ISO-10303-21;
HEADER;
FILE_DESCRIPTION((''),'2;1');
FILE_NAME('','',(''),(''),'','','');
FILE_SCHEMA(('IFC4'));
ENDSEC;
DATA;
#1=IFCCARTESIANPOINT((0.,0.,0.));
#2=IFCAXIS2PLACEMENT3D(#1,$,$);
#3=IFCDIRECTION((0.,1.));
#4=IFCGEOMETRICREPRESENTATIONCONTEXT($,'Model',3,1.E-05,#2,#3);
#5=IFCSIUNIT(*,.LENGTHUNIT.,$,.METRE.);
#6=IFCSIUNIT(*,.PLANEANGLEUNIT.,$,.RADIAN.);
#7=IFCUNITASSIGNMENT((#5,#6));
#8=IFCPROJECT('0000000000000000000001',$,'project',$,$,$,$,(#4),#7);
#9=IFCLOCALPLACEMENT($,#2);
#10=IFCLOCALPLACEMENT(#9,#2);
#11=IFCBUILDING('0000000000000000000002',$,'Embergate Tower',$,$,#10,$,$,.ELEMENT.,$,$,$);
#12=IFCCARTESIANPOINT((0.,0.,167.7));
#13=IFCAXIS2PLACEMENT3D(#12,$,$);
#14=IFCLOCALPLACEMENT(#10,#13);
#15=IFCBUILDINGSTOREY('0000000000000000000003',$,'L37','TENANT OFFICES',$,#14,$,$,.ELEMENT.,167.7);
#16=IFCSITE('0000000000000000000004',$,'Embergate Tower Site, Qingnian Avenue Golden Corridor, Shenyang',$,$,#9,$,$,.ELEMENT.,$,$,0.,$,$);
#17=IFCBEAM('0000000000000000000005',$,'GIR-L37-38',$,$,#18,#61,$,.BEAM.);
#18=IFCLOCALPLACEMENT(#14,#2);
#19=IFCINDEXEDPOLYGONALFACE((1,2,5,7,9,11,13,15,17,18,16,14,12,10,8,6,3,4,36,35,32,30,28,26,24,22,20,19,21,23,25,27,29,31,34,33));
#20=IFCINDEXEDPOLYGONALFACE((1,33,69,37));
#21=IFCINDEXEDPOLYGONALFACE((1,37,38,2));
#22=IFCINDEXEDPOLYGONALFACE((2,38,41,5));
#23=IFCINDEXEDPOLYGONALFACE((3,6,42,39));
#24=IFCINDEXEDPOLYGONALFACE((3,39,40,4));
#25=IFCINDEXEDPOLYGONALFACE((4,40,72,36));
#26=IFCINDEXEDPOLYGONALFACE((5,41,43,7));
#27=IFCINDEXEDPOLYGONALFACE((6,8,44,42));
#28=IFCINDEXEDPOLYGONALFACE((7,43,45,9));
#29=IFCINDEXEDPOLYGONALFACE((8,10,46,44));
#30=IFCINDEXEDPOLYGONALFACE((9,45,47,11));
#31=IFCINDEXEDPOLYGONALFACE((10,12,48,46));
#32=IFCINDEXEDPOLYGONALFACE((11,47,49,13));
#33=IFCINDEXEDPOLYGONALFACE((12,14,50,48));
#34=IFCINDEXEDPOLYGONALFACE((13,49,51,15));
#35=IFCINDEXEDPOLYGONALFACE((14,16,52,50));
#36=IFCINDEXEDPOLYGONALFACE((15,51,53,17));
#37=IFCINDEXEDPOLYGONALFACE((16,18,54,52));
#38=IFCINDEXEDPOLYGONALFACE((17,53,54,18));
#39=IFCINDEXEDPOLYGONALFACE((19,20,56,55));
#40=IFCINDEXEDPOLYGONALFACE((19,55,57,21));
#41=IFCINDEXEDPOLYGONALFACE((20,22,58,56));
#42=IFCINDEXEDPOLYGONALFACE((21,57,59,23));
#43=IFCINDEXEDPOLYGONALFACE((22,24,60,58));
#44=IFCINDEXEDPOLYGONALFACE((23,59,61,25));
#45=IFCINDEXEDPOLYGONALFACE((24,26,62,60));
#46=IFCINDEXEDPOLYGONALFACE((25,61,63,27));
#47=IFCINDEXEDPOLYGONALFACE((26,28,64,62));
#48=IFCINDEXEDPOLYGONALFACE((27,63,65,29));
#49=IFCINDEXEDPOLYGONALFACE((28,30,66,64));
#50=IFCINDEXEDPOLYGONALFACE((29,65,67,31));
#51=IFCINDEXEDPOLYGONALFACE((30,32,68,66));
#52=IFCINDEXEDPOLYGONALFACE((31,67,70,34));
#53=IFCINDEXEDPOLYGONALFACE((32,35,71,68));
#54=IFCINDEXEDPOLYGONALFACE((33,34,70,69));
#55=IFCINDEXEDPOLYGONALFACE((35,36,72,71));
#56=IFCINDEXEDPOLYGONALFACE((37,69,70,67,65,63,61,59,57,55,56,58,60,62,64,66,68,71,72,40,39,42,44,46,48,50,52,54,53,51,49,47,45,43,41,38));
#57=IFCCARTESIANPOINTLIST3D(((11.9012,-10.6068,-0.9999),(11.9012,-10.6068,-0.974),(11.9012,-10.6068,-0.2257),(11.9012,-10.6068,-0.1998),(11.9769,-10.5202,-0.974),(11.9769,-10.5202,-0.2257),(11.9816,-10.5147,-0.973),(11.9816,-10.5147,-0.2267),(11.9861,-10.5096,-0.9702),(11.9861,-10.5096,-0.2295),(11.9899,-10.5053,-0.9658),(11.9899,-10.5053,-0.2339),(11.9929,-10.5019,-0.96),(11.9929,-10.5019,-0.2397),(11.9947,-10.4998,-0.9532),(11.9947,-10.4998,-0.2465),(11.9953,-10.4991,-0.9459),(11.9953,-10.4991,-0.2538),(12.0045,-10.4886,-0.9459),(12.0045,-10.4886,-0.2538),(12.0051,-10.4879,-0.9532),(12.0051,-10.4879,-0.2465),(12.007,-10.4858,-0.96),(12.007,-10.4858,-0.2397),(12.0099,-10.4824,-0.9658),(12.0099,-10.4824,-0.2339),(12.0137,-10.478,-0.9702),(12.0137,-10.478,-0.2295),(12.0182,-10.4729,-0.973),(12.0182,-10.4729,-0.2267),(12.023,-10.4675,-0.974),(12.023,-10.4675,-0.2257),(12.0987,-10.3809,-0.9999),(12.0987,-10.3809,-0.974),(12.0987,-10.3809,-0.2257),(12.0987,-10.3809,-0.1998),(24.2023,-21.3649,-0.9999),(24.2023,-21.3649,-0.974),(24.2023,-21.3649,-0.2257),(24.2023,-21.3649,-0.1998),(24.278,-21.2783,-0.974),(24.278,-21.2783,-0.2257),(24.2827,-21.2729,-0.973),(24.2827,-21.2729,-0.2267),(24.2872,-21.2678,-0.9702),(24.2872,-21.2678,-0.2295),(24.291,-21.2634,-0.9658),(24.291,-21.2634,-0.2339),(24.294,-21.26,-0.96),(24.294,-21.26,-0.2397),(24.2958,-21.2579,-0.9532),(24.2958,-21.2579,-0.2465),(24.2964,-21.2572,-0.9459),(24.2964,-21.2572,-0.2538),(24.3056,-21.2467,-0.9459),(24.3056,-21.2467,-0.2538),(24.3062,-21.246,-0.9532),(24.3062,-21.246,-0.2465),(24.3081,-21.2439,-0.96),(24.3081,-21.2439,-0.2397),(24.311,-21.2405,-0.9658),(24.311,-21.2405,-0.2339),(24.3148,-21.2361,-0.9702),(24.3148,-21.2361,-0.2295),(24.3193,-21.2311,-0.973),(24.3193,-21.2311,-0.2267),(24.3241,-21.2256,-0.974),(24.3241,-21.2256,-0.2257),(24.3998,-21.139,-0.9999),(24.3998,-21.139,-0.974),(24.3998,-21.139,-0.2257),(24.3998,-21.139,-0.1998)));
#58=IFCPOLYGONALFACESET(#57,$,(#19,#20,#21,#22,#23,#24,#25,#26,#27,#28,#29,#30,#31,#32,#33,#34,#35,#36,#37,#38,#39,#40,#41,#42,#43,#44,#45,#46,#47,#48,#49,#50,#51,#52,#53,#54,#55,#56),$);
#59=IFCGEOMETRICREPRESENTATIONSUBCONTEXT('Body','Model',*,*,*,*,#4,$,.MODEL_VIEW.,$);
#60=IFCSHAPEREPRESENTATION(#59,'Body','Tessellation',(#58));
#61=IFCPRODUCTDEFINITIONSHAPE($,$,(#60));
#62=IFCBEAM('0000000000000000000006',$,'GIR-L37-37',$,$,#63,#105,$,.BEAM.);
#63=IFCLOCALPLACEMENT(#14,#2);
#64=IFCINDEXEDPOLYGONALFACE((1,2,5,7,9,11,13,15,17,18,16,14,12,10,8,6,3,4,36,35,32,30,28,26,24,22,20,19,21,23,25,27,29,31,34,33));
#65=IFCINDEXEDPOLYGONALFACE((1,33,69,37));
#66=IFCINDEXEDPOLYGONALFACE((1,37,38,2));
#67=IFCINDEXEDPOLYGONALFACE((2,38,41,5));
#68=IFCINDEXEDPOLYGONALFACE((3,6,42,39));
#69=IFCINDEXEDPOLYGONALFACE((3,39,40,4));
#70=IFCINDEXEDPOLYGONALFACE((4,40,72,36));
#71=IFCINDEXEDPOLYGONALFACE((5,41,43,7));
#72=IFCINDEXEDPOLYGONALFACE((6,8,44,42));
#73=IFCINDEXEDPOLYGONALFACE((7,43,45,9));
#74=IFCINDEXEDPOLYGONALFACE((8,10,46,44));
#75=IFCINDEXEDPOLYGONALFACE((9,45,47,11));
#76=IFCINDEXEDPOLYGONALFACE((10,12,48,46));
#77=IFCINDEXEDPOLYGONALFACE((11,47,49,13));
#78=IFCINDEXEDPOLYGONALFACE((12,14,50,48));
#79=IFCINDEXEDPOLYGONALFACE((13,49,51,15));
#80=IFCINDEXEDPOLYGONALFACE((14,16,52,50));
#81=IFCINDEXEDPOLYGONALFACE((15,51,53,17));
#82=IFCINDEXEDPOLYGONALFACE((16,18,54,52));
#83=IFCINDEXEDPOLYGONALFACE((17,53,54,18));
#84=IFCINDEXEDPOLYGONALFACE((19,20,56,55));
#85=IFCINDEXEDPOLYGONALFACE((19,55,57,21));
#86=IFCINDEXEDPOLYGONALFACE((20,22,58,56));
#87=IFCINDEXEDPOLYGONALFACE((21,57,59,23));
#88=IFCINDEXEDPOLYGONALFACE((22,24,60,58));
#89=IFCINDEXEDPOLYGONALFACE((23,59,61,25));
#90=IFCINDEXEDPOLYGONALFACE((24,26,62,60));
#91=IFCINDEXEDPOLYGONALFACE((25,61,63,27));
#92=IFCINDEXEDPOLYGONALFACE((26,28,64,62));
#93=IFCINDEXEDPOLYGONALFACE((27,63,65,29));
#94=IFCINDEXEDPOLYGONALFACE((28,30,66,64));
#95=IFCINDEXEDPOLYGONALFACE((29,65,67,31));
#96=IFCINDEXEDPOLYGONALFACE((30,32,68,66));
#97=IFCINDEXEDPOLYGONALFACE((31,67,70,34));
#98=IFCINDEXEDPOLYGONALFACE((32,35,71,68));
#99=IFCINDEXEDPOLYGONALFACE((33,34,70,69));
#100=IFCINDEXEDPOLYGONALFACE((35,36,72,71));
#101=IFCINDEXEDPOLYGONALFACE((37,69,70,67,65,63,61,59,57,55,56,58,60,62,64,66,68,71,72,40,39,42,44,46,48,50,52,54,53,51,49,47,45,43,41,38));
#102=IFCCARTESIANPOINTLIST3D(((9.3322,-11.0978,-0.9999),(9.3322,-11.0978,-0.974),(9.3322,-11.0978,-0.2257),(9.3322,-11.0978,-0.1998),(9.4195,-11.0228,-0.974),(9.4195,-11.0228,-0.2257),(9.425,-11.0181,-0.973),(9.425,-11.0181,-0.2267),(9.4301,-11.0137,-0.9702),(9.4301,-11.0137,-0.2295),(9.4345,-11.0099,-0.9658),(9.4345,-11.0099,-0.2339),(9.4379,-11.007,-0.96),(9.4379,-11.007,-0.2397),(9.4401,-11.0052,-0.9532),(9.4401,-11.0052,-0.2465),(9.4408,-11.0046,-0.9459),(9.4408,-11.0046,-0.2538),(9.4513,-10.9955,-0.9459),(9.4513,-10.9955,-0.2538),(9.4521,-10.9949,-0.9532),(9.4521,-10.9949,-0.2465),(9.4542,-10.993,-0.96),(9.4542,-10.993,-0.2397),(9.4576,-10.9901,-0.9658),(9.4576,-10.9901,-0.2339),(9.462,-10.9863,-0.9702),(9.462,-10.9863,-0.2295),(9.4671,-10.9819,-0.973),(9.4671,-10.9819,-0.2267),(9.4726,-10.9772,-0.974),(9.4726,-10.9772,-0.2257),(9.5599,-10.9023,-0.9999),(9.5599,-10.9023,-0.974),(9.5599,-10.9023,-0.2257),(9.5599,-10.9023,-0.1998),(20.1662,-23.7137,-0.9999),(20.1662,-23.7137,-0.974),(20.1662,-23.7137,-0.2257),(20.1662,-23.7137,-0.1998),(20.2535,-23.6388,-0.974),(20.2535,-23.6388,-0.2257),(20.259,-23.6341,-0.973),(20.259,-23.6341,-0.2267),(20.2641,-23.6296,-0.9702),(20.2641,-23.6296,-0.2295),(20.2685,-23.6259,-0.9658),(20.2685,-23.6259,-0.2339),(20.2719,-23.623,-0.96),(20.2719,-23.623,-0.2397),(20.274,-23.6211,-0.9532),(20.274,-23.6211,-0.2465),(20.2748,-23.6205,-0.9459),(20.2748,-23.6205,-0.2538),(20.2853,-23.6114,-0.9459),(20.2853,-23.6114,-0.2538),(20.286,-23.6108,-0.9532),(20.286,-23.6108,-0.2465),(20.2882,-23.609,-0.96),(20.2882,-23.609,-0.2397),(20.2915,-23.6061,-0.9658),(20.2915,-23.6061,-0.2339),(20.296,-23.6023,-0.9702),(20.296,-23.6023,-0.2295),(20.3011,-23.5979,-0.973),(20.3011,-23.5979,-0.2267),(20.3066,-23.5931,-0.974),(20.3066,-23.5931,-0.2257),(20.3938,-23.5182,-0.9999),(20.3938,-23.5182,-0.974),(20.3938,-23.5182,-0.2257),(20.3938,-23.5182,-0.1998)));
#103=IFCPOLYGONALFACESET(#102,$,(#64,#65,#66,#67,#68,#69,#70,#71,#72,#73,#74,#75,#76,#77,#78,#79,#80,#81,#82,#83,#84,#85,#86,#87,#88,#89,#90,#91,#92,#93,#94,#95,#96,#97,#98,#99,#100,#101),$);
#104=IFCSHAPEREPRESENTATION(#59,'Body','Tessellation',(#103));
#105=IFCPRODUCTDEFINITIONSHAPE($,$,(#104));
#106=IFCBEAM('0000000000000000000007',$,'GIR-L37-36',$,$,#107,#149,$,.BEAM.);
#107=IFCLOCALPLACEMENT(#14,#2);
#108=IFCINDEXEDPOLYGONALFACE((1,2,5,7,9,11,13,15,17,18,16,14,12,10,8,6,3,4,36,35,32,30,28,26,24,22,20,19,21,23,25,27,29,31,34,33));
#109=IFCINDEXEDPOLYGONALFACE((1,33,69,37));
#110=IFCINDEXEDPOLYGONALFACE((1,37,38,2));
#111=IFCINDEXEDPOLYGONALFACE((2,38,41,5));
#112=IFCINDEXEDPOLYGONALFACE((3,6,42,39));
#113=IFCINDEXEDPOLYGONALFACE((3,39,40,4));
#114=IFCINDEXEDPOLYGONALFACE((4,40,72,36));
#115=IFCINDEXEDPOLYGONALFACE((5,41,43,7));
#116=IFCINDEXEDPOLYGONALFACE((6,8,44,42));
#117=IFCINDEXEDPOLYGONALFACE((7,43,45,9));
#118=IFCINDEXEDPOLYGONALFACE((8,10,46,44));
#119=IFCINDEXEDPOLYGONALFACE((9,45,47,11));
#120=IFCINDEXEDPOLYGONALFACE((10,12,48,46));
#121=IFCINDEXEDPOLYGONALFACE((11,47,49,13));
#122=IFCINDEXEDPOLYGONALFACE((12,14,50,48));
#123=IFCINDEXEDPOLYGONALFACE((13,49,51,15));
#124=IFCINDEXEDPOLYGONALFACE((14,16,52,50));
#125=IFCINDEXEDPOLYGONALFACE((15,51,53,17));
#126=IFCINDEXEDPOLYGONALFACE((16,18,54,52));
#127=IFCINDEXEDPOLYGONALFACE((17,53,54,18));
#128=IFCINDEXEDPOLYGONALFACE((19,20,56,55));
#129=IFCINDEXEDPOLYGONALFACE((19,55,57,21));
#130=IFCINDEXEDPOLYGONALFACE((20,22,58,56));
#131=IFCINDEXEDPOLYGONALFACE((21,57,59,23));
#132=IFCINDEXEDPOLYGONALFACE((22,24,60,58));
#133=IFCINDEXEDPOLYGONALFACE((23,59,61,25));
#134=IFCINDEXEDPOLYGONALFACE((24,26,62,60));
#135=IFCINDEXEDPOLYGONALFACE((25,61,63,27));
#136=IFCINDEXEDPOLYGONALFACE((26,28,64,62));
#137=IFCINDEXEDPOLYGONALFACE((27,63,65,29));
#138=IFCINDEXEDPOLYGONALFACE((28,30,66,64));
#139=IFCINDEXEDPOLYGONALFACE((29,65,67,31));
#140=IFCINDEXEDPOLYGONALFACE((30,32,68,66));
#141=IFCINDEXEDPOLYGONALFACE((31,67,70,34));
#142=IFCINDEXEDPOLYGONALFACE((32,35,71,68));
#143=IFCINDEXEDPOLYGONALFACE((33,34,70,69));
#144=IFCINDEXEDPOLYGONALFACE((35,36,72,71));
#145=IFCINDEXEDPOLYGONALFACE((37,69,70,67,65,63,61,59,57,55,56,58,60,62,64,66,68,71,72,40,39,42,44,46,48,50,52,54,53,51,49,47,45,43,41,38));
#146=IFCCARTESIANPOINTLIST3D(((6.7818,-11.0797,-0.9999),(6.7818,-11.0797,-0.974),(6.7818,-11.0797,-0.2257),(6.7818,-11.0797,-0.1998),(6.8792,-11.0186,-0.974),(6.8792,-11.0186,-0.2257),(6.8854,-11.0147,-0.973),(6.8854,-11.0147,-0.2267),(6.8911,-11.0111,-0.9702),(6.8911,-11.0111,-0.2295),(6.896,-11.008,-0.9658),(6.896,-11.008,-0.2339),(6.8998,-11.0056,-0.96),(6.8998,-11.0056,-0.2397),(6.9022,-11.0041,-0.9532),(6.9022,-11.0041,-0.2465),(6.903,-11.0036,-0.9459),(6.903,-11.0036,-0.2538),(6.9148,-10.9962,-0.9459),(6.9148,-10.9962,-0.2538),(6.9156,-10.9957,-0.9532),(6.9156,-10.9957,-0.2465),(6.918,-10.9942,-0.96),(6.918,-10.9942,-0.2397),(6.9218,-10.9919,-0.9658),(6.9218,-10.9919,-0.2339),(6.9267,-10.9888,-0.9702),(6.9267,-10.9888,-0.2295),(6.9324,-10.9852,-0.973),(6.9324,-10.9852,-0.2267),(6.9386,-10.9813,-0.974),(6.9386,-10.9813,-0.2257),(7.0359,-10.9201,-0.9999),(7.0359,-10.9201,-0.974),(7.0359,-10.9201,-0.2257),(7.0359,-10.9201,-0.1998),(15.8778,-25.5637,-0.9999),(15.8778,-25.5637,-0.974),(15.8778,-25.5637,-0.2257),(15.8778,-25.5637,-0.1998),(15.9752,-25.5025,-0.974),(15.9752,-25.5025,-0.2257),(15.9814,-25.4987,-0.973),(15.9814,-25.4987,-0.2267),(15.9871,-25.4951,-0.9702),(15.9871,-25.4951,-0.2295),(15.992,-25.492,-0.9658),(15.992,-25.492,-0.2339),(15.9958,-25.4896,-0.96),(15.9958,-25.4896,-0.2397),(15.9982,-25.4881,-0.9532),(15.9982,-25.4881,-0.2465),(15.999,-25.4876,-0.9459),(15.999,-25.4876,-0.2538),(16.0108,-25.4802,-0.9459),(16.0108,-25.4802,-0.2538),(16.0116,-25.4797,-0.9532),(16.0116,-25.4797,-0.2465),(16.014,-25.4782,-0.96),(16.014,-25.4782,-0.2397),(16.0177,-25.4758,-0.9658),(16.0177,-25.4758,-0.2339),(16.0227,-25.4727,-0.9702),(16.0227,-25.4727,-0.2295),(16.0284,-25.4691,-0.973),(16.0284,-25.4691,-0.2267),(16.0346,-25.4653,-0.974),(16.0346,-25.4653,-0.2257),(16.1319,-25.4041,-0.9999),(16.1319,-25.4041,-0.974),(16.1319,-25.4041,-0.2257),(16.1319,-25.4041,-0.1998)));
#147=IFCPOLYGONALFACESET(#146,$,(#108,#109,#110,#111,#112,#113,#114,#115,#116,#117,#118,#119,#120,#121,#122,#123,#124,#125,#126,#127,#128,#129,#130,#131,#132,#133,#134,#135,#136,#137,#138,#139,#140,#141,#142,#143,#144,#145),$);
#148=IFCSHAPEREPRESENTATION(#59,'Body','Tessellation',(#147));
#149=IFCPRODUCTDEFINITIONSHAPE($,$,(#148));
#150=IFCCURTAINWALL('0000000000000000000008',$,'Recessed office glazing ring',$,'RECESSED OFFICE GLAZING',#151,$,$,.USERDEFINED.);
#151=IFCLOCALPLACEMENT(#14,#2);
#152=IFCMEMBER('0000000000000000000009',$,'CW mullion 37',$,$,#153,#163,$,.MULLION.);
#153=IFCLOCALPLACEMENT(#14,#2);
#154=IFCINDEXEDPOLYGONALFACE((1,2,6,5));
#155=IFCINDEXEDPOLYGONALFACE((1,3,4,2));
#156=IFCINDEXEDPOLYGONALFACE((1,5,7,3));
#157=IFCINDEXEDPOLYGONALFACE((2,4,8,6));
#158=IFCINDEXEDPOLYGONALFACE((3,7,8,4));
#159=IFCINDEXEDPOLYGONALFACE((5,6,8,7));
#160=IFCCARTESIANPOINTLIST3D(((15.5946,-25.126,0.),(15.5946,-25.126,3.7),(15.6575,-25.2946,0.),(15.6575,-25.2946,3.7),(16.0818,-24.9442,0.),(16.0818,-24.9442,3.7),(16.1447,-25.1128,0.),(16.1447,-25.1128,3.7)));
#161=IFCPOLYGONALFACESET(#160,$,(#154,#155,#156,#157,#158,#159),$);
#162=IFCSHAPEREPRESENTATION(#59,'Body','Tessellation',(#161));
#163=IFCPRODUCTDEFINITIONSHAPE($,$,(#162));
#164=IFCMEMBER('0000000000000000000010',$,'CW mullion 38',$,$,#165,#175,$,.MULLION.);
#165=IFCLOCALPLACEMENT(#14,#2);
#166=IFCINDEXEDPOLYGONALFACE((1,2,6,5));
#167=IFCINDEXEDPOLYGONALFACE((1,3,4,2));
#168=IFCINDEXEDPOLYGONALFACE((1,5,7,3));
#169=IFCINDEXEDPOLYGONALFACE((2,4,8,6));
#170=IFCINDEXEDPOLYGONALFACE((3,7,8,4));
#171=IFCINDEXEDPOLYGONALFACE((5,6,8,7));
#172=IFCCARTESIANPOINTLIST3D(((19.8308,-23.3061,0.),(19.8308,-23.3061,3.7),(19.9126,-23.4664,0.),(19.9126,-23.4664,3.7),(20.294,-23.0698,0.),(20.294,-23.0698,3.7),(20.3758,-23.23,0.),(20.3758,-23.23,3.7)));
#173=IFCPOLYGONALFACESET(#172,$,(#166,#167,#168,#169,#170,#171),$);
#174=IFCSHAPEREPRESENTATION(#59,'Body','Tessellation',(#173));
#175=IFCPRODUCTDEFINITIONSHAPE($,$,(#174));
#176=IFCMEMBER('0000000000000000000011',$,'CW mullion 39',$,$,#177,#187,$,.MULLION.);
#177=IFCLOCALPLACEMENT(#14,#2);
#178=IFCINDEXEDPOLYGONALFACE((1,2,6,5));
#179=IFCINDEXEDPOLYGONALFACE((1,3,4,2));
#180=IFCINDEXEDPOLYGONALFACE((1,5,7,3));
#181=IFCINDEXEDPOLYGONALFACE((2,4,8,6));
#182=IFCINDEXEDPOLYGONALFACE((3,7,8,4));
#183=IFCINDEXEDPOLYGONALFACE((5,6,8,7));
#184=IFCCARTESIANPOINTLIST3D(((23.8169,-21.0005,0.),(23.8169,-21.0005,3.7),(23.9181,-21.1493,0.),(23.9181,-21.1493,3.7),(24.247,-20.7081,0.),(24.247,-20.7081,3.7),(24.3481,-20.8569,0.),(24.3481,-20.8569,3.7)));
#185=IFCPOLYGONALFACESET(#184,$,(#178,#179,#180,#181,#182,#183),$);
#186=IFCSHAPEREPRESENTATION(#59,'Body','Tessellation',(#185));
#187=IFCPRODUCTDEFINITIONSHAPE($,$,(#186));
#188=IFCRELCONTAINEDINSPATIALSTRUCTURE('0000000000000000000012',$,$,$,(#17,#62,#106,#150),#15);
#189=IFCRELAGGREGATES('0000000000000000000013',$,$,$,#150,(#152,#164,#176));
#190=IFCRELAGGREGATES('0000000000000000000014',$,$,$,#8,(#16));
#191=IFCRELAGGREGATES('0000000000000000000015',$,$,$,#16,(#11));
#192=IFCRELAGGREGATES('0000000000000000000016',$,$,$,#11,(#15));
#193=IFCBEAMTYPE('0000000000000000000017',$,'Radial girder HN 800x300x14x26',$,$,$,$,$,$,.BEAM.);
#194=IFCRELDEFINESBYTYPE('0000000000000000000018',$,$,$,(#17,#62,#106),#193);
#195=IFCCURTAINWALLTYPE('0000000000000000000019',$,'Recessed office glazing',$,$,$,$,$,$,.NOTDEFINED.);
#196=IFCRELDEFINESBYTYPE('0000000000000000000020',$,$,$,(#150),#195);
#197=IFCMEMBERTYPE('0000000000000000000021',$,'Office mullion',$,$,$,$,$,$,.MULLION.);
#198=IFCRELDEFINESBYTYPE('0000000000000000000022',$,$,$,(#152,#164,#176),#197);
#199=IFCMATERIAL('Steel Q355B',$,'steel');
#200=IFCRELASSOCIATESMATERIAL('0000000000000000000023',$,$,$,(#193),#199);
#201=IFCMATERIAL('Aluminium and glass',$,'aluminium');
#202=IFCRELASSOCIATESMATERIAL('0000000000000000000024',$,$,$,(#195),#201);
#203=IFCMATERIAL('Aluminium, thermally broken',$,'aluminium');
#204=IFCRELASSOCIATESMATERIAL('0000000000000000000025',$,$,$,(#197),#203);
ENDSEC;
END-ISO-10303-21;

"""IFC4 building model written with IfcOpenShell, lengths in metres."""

from ifc_helpers import new_model, si_unit, direction, frame, origin, origin_2d, place, context, subcontext, project, spatial, rectangle, i_section, extrude, source, transform, mapped, material, material_profile, profile_set, type_object, element, aggregate, save


model = new_model("IFC4")

# Units and contexts
model_context = context("Model", 3, precision=1e-05, world=origin(), true_north=direction((0.0, 1.0)))
body_context = subcontext(model_context, "Body", "Model", "MODEL_VIEW")
ifc_project = project(units=[si_unit("LENGTHUNIT", "METRE"), si_unit("PLANEANGLEUNIT", "RADIAN")], contexts=[model_context])

# Site, building, storey
site_placement = place(None, origin())
site = spatial("IfcSite", under=ifc_project, at=site_placement, Name="Embergate Tower Site, Qingnian Avenue Golden Corridor, Shenyang", CompositionType="ELEMENT", RefElevation=0.0)
building_placement = place(site_placement, origin())
building = spatial("IfcBuilding", under=site, at=building_placement, Name="Embergate Tower", CompositionType="ELEMENT")
storey_placement = place(building_placement, frame((0.0, 0.0, 167.7)))
storey = spatial("IfcBuildingStorey", under=building, at=storey_placement, Name="L37", Description="TENANT OFFICES", CompositionType="ELEMENT", Elevation=167.7)

# Beams
ifc_material_1 = material(Name="Steel Q355B", Category="steel")
ifc_material_profile_1 = material_profile(ifc_material_1, i_section(OverallWidth=0.3, OverallDepth=0.8, WebThickness=0.0139, FlangeThickness=0.0259, FilletRadius=0.0281, at=origin_2d()), Name="HN 800x300x14x26")
ifc_profile_set_1 = profile_set([ifc_material_profile_1], Name="Steel Q355 grade B")
beam_type_1 = type_object("IfcBeamType", Name="Radial girder HN 800x300x14x26", PredefinedType="BEAM", material=ifc_profile_set_1)
shared_shape_1 = source(origin(), body_context, "Body", "SweptSolid", [
    extrude(i_section(OverallWidth=0.3, OverallDepth=0.8, WebThickness=0.0139, FlangeThickness=0.0259, FilletRadius=0.0281, at=origin_2d()), origin(), (0.0, 0.0, 1.0), 16.3418),
])
beam_1_placement = place(storey_placement, frame((24.301, -21.252, -0.5999), z_axis=(-0.752739, 0.658319, 0.0), x_axis=(-0.658319, -0.752739, 0.0)))
element("IfcBeam", 1, at=beam_1_placement, inside=storey, type_object=beam_type_1, Name="GIR-L37-38", PredefinedType="BEAM", context=body_context, shape_type="MappedRepresentation", body=[
    mapped(shared_shape_1, transform((0.0, 0.0, 0.0))),
])
shared_shape_2 = source(origin(), body_context, "Body", "SweptSolid", [
    extrude(i_section(OverallWidth=0.3, OverallDepth=0.8, WebThickness=0.0139, FlangeThickness=0.0259, FilletRadius=0.0281, at=origin_2d()), origin(), (0.0, 0.0, 1.0), 16.6294),
])
beam_2_placement = place(storey_placement, frame((20.28, -23.616, -0.5999), z_axis=(-0.651495, 0.758653, 0.0), x_axis=(-0.758653, -0.651495, 0.0)))
element("IfcBeam", 2, at=beam_2_placement, inside=storey, type_object=beam_type_1, Name="GIR-L37-37", PredefinedType="BEAM", context=body_context, shape_type="MappedRepresentation", body=[
    mapped(shared_shape_2, transform((0.0, 0.0, 0.0))),
])
shared_shape_3 = source(origin(), body_context, "Body", "SweptSolid", [
    extrude(i_section(OverallWidth=0.3, OverallDepth=0.8, WebThickness=0.0139, FlangeThickness=0.0259, FilletRadius=0.0281, at=origin_2d()), origin(), (0.0, 0.0, 1.0), 17.1033),
])
beam_3_placement = place(storey_placement, frame((16.0049, -25.4839, -0.5999), z_axis=(-0.531827, 0.846853, 0.0), x_axis=(-0.846853, -0.531827, 0.0)))
element("IfcBeam", 3, at=beam_3_placement, inside=storey, type_object=beam_type_1, Name="GIR-L37-36", PredefinedType="BEAM", context=body_context, shape_type="MappedRepresentation", body=[
    mapped(shared_shape_3, transform((0.0, 0.0, 0.0))),
])

# Curtain wall, members
ifc_material_2 = material(Name="Aluminium and glass", Category="aluminium")
curtain_wall_type = type_object("IfcCurtainWallType", Name="Recessed office glazing", PredefinedType="NOTDEFINED", material=ifc_material_2)
curtain_wall_placement = place(storey_placement, origin())
curtain_wall = element("IfcCurtainWall", 4, at=curtain_wall_placement, inside=storey, type_object=curtain_wall_type, Name="Recessed office glazing ring", ObjectType="RECESSED OFFICE GLAZING", PredefinedType="USERDEFINED")
ifc_material_3 = material(Name="Aluminium, thermally broken", Category="aluminium")
ifc_material_profile_2 = material_profile(ifc_material_3, rectangle(XDim=0.1799, YDim=0.52, at=origin_2d()), Name="AL 520x180")
ifc_profile_set_2 = profile_set([ifc_material_profile_2], Name="Aluminium, thermally broken")
member_type_1 = type_object("IfcMemberType", Name="Office mullion", PredefinedType="MULLION", material=ifc_profile_set_2)
shared_shape_4 = source(origin(), body_context, "Body", "SweptSolid", [
    extrude(rectangle(XDim=0.1799, YDim=0.52, at=origin_2d()), origin(), (0.0, 0.0, 1.0), 3.7),
])
member_1_placement = place(storey_placement, frame((15.8696, -25.1194, 0.0), z_axis=(0.0, 0.0, 1.0), x_axis=(-0.349503, 0.936935, 0.0)))
member_1 = element("IfcMember", 5, at=member_1_placement, type_object=member_type_1, Name="CW mullion 37", PredefinedType="MULLION", context=body_context, shape_type="MappedRepresentation", body=[
    mapped(shared_shape_4, transform((0.0, 0.0, 0.0))),
])
member_2_placement = place(storey_placement, frame((20.1033, -23.2681, 0.0), z_axis=(0.0, 0.0, 1.0), x_axis=(-0.45451, 0.890742, 0.0)))
member_2 = element("IfcMember", 6, at=member_2_placement, type_object=member_type_1, Name="CW mullion 38", PredefinedType="MULLION", context=body_context, shape_type="MappedRepresentation", body=[
    mapped(shared_shape_4, transform((0.0, 0.0, 0.0))),
])
member_3_placement = place(storey_placement, frame((24.0825, -20.9287, 0.0), z_axis=(0.0, 0.0, 1.0), x_axis=(-0.562216, 0.82699, 0.0)))
member_3 = element("IfcMember", 7, at=member_3_placement, type_object=member_type_1, Name="CW mullion 39", PredefinedType="MULLION", context=body_context, shape_type="MappedRepresentation", body=[
    mapped(shared_shape_4, transform((0.0, 0.0, 0.0))),
])
aggregate(curtain_wall, [member_1, member_2, member_3])

save(model, "model.ifc")
